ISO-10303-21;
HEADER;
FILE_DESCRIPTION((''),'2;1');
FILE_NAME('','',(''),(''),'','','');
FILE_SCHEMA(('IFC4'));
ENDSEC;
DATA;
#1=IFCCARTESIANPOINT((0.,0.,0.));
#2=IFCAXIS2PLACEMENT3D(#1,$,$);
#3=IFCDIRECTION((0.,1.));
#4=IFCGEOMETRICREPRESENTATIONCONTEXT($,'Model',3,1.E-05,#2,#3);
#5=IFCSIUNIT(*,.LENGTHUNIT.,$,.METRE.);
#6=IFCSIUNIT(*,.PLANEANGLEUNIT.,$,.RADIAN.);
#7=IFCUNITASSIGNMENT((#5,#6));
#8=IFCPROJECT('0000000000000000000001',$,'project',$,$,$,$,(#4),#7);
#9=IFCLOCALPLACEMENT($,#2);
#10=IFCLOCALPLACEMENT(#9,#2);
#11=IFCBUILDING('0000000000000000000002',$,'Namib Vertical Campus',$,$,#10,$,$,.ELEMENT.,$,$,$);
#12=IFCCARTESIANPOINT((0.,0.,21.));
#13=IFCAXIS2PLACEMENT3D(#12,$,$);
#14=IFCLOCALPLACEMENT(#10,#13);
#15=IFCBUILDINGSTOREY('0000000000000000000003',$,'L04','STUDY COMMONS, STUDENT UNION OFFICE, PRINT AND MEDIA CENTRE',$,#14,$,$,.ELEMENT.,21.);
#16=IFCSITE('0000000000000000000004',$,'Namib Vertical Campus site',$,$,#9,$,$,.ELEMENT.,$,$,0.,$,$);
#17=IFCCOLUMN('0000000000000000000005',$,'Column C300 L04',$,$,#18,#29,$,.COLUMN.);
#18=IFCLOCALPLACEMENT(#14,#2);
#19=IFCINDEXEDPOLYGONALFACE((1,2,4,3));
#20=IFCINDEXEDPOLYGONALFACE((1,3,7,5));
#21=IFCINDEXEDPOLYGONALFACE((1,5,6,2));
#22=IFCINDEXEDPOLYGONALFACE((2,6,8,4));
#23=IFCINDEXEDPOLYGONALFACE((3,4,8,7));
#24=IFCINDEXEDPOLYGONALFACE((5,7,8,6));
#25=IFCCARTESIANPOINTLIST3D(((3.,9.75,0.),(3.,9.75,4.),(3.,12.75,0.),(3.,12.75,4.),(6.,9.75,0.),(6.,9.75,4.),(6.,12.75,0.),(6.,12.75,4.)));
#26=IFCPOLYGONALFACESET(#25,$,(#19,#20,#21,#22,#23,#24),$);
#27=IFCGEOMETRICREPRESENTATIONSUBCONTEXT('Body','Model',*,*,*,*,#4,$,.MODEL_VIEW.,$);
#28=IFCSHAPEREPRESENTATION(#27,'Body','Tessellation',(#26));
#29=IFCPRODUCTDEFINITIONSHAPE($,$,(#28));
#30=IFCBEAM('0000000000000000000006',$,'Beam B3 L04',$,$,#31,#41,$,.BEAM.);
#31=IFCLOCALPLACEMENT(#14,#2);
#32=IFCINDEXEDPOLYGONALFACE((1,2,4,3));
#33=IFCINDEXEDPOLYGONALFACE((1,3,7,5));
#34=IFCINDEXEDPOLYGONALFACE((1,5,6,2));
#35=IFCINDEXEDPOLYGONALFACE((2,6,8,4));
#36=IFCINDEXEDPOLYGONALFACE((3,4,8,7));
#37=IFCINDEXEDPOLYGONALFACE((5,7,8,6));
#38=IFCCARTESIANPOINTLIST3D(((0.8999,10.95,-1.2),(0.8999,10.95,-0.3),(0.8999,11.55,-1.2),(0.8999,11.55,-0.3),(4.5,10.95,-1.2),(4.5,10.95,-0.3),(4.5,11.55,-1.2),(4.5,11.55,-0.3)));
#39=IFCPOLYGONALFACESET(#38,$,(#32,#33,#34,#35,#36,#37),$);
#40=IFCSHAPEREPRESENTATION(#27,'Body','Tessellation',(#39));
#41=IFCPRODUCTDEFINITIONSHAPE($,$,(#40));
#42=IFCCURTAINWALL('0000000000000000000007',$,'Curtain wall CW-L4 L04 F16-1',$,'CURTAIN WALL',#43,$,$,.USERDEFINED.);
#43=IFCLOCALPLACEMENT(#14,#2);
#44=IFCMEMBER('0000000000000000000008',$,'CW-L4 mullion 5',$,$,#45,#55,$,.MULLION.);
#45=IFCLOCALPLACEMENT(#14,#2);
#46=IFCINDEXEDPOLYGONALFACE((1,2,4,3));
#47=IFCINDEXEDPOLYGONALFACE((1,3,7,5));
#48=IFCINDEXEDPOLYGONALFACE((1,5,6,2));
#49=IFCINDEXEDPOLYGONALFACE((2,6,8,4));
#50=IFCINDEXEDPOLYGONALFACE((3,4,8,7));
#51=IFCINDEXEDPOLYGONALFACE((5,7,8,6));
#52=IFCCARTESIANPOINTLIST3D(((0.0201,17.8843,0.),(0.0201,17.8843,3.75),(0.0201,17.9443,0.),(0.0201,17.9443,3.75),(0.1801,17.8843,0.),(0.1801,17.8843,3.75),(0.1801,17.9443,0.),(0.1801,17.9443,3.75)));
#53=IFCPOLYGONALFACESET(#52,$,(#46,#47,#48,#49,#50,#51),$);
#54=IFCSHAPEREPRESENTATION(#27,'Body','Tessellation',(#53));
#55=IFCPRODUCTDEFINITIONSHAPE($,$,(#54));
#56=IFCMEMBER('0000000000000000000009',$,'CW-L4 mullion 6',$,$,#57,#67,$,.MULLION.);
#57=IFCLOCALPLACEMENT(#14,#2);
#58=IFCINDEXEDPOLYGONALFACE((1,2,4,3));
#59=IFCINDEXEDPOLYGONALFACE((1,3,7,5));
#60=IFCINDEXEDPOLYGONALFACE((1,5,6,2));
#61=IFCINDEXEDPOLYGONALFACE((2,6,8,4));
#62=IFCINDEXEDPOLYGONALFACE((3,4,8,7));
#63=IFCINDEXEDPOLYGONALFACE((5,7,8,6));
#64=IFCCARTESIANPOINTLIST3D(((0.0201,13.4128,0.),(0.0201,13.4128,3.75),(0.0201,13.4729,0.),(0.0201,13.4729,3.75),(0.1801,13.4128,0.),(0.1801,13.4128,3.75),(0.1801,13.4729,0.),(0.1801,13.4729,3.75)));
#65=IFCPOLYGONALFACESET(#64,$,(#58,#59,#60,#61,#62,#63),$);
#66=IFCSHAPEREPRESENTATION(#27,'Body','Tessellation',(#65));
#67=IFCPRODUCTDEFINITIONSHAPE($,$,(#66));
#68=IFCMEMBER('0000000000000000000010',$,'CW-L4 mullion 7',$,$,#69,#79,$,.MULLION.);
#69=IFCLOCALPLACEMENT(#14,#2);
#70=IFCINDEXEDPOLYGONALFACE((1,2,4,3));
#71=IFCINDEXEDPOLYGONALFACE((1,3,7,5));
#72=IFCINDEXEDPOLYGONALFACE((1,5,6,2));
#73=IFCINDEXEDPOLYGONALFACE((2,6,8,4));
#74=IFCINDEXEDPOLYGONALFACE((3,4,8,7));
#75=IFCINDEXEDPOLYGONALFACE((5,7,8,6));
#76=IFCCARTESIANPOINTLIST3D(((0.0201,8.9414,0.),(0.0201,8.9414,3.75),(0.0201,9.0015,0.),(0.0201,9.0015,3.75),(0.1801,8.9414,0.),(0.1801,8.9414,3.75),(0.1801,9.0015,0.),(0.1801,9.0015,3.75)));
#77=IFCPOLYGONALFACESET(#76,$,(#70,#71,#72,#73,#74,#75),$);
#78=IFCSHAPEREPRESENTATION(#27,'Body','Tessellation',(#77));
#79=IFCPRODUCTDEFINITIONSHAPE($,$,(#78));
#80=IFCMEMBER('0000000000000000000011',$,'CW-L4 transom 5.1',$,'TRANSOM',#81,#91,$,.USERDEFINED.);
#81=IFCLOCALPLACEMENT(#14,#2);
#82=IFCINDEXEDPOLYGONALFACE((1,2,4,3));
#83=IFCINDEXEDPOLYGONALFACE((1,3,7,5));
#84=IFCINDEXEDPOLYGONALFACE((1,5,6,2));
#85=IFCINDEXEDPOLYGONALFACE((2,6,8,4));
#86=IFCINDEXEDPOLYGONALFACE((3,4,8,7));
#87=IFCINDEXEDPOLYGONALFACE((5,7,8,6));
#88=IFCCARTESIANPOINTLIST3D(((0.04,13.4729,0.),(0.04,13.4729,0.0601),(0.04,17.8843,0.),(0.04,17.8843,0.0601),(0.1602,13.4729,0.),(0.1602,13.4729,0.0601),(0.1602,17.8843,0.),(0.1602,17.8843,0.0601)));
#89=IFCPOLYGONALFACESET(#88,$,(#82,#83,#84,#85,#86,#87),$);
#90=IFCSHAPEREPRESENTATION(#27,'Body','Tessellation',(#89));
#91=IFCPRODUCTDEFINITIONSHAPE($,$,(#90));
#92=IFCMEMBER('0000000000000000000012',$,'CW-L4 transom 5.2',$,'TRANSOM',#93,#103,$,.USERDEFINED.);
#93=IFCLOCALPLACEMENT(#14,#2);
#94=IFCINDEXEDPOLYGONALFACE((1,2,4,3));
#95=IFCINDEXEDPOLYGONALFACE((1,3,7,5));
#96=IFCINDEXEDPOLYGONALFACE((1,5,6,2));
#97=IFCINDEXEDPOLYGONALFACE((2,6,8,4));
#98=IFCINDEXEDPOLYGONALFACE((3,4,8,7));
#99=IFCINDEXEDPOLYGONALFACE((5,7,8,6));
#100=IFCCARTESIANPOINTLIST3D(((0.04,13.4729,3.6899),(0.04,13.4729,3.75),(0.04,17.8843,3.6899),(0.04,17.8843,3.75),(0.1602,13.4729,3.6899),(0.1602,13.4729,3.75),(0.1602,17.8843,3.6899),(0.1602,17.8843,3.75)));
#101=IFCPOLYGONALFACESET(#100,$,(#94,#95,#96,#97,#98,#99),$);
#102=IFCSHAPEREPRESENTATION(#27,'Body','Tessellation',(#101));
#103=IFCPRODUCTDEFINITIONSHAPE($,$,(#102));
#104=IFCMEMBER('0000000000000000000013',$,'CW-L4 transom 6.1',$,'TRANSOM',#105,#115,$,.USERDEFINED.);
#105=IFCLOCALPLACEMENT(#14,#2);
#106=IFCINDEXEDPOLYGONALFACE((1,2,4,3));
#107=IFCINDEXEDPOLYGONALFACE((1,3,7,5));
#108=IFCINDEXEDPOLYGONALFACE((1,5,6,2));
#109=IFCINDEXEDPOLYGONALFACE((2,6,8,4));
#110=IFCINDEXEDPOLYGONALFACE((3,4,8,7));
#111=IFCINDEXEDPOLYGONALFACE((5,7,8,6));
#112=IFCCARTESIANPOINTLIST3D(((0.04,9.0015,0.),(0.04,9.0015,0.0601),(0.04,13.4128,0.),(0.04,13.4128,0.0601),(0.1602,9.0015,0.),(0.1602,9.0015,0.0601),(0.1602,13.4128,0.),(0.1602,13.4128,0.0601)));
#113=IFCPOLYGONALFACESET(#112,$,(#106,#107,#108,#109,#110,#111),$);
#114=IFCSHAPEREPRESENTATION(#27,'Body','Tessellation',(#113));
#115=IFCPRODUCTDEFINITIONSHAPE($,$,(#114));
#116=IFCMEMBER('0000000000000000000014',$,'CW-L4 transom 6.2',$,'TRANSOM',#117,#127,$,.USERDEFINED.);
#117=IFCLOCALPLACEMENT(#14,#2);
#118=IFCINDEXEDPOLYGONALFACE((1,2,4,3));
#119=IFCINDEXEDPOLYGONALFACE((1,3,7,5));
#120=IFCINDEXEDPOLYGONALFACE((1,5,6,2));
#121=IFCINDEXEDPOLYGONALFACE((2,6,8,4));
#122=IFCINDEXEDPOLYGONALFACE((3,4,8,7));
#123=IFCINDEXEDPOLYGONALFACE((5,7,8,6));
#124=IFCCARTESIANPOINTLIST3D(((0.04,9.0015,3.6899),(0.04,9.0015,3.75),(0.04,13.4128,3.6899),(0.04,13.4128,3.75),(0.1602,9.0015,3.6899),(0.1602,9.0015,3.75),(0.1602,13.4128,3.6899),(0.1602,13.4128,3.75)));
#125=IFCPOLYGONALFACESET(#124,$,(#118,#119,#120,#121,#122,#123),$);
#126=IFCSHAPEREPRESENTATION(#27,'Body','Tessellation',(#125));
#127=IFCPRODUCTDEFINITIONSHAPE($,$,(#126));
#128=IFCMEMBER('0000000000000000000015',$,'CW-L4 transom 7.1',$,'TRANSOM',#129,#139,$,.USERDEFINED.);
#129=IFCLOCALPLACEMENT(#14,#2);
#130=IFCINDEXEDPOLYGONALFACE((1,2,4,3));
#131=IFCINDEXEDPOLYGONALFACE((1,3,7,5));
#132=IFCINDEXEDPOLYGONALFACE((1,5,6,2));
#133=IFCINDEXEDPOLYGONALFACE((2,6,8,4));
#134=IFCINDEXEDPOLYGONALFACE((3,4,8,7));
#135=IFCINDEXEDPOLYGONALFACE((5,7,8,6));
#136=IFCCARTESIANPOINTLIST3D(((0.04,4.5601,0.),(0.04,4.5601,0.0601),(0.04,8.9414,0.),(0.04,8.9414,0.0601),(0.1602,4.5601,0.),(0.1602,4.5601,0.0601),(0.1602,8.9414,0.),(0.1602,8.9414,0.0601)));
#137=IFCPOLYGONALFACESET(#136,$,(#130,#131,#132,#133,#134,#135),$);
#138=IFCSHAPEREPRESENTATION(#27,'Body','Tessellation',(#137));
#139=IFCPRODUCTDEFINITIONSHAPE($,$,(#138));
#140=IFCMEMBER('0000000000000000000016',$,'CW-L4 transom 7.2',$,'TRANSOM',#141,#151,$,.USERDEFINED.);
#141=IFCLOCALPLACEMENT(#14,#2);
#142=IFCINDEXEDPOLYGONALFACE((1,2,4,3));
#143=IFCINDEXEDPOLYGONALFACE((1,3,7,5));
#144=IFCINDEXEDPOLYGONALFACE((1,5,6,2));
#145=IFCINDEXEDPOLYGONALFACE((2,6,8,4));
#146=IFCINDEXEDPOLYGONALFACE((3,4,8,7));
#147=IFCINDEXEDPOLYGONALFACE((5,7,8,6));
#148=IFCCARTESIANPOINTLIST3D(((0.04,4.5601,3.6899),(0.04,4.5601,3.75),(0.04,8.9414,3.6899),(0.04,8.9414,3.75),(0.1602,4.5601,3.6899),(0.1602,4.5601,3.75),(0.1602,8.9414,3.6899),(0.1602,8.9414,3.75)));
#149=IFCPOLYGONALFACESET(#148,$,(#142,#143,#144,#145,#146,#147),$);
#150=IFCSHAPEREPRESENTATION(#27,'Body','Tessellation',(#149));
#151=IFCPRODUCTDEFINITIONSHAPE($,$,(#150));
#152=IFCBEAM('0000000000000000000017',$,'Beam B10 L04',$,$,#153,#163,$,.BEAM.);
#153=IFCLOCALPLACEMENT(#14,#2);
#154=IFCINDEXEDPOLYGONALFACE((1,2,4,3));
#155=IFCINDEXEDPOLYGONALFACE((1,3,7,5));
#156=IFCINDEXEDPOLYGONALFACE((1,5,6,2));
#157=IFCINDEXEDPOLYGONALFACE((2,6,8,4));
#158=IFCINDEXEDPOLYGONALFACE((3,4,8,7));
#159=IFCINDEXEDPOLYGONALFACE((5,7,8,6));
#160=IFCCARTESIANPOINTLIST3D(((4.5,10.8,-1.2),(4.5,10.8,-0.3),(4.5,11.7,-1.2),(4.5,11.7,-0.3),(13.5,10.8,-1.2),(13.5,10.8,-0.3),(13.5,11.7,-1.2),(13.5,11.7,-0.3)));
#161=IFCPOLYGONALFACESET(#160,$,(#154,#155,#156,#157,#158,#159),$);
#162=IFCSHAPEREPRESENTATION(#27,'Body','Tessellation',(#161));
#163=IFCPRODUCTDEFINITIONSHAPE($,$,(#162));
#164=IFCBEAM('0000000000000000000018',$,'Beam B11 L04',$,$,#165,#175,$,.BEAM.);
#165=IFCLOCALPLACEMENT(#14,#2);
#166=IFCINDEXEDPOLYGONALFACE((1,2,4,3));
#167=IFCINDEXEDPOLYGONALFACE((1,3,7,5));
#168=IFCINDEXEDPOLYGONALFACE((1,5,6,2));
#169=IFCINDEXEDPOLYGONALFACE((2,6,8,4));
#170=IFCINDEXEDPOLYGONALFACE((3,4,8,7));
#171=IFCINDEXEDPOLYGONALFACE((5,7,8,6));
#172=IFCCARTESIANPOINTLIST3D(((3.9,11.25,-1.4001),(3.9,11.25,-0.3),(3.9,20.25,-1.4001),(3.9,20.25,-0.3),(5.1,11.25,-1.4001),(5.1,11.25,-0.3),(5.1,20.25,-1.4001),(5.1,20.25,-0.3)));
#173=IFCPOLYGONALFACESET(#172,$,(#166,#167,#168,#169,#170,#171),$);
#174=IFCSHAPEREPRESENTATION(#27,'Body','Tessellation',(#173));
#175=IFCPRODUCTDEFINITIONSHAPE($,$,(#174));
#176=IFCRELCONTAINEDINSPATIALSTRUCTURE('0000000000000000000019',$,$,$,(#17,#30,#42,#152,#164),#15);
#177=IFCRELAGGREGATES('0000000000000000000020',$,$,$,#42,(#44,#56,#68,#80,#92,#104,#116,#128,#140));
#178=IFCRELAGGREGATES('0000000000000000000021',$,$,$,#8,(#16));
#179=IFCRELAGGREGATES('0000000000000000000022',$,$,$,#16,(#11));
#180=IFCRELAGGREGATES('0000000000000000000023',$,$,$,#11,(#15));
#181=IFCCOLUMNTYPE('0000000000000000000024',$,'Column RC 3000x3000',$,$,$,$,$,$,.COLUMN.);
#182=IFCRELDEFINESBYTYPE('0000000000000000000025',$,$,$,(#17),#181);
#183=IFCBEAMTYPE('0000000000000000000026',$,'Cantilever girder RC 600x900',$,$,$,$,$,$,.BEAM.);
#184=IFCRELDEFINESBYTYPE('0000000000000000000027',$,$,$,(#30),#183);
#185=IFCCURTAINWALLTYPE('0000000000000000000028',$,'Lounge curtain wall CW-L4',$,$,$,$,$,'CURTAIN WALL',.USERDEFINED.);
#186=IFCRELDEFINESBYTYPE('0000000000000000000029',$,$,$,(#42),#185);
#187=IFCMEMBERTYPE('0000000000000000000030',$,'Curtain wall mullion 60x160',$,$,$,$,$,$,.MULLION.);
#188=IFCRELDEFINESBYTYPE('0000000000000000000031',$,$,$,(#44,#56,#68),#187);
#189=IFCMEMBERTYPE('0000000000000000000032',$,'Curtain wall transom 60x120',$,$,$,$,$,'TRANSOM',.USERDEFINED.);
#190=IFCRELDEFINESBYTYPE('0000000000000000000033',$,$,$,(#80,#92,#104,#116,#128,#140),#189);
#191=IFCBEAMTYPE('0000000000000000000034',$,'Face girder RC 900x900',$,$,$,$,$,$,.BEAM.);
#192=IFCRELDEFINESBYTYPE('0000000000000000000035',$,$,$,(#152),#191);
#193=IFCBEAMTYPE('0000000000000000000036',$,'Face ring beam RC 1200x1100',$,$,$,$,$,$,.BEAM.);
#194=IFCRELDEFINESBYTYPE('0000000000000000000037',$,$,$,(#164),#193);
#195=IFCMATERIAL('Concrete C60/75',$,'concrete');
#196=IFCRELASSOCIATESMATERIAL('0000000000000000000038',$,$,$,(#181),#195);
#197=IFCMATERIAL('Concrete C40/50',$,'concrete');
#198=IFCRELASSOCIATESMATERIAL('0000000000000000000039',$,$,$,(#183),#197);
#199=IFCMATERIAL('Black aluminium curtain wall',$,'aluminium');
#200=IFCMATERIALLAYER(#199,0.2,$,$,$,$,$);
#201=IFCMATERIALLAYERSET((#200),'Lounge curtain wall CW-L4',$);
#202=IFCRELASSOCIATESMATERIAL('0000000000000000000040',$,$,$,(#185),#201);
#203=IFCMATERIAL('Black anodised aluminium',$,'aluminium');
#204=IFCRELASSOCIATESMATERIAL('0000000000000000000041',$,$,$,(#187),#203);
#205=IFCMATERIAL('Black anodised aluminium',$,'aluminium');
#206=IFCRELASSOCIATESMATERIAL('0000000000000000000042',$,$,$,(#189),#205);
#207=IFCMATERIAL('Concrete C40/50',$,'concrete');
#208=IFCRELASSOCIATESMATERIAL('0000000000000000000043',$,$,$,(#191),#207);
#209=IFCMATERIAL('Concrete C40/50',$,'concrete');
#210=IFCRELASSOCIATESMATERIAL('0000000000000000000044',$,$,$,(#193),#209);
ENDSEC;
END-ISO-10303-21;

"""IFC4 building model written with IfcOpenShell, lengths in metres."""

from ifc_helpers import new_model, si_unit, direction, frame, origin, origin_2d, place, context, subcontext, project, spatial, rectangle, extrude, material, layer, layer_set, material_profile, profile_set, type_object, element, aggregate, save


model = new_model("IFC4")

# Units and contexts
model_context = context("Model", 3, precision=1e-05, world=origin(), true_north=direction((0.0, 1.0)))
body_context = subcontext(model_context, "Body", "Model", "MODEL_VIEW")
ifc_project = project(units=[si_unit("LENGTHUNIT", "METRE"), si_unit("PLANEANGLEUNIT", "RADIAN")], contexts=[model_context])

# Site, building, storey
site_placement = place(None, origin())
site = spatial("IfcSite", under=ifc_project, at=site_placement, Name="Namib Vertical Campus site", CompositionType="ELEMENT", RefElevation=0.0)
building_placement = place(site_placement, origin())
building = spatial("IfcBuilding", under=site, at=building_placement, Name="Namib Vertical Campus", CompositionType="ELEMENT")
storey_placement = place(building_placement, frame((0.0, 0.0, 21.0)))
storey = spatial("IfcBuildingStorey", under=building, at=storey_placement, Name="L04", Description="STUDY COMMONS, STUDENT UNION OFFICE, PRINT AND MEDIA CENTRE", CompositionType="ELEMENT", Elevation=21.0)

# Column
ifc_material_1 = material(Name="Concrete C60/75", Category="concrete")
ifc_material_profile_1 = material_profile(ifc_material_1, rectangle(XDim=3.0, YDim=3.0, at=origin_2d()))
ifc_profile_set_1 = profile_set([ifc_material_profile_1], Name="Concrete C60/75")
column_type = type_object("IfcColumnType", Name="Column RC 3000x3000", PredefinedType="COLUMN", material=ifc_profile_set_1)
column_placement = place(storey_placement, frame((4.5, 11.25, 0.0), z_axis=(0.0, 0.0, 1.0), x_axis=(1.0, 0.0, 0.0)))
element("IfcColumn", 1, at=column_placement, inside=storey, type_object=column_type, Name="Column C300 L04", PredefinedType="COLUMN", context=body_context, shape_type="SweptSolid", body=[
    extrude(rectangle(XDim=3.0, YDim=3.0, at=origin_2d()), origin(), (0.0, 0.0, 1.0), 4.0),
])

# Beam
ifc_material_2 = material(Name="Concrete C40/50", Category="concrete")
ifc_material_profile_2 = material_profile(ifc_material_2, rectangle(XDim=0.6001, YDim=0.8999, at=origin_2d()))
ifc_profile_set_2 = profile_set([ifc_material_profile_2], Name="Concrete C40/50")
beam_type_1 = type_object("IfcBeamType", Name="Cantilever girder RC 600x900", PredefinedType="BEAM", material=ifc_profile_set_2)
beam_1_placement = place(storey_placement, frame((4.5, 11.25, -0.75), z_axis=(-1.0, 0.0, 0.0), x_axis=(0.0, -1.0, 0.0)))
element("IfcBeam", 2, at=beam_1_placement, inside=storey, type_object=beam_type_1, Name="Beam B3 L04", PredefinedType="BEAM", context=body_context, shape_type="SweptSolid", body=[
    extrude(rectangle(XDim=0.6001, YDim=0.8999, at=origin_2d()), origin(), (0.0, 0.0, 1.0), 3.6001),
])

# Curtain wall, members
ifc_material_3 = material(Name="Black aluminium curtain wall", Category="aluminium")
ifc_layer_1 = layer(ifc_material_3, 0.2)
ifc_layer_set_1 = layer_set([ifc_layer_1], Name="Lounge curtain wall CW-L4")
curtain_wall_type = type_object("IfcCurtainWallType", Name="Lounge curtain wall CW-L4", ElementType="CURTAIN WALL", PredefinedType="USERDEFINED", material=ifc_layer_set_1)
curtain_wall_placement = place(storey_placement, origin())
curtain_wall = element("IfcCurtainWall", 3, at=curtain_wall_placement, inside=storey, type_object=curtain_wall_type, Name="Curtain wall CW-L4 L04 F16-1", ObjectType="CURTAIN WALL", PredefinedType="USERDEFINED")
ifc_material_4 = material(Name="Black anodised aluminium", Category="aluminium")
ifc_material_profile_3 = material_profile(ifc_material_4, rectangle(XDim=0.0601, YDim=0.1599, at=origin_2d()))
ifc_profile_set_3 = profile_set([ifc_material_profile_3], Name="Black anodised aluminium")
member_type_1 = type_object("IfcMemberType", Name="Curtain wall mullion 60x160", PredefinedType="MULLION", material=ifc_profile_set_3)
member_1_placement = place(storey_placement, frame((0.1001, 17.9143, 0.0), z_axis=(0.0, 0.0, 1.0), x_axis=(0.0, -1.0, 0.0)))
member_1 = element("IfcMember", 4, at=member_1_placement, type_object=member_type_1, Name="CW-L4 mullion 5", PredefinedType="MULLION", context=body_context, shape_type="SweptSolid", body=[
    extrude(rectangle(XDim=0.0601, YDim=0.1599, at=origin_2d()), origin(), (0.0, 0.0, 1.0), 3.75),
])
member_2_placement = place(storey_placement, frame((0.1001, 13.4429, 0.0), z_axis=(0.0, 0.0, 1.0), x_axis=(0.0, -1.0, 0.0)))
member_2 = element("IfcMember", 5, at=member_2_placement, type_object=member_type_1, Name="CW-L4 mullion 6", PredefinedType="MULLION", context=body_context, shape_type="SweptSolid", body=[
    extrude(rectangle(XDim=0.0601, YDim=0.1599, at=origin_2d()), origin(), (0.0, 0.0, 1.0), 3.75),
])
member_3_placement = place(storey_placement, frame((0.1001, 8.9714, 0.0), z_axis=(0.0, 0.0, 1.0), x_axis=(0.0, -1.0, 0.0)))
member_3 = element("IfcMember", 6, at=member_3_placement, type_object=member_type_1, Name="CW-L4 mullion 7", PredefinedType="MULLION", context=body_context, shape_type="SweptSolid", body=[
    extrude(rectangle(XDim=0.0601, YDim=0.1599, at=origin_2d()), origin(), (0.0, 0.0, 1.0), 3.75),
])
ifc_material_5 = material(Name="Black anodised aluminium", Category="aluminium")
ifc_material_profile_4 = material_profile(ifc_material_5, rectangle(XDim=0.0601, YDim=0.1201, at=origin_2d()))
ifc_profile_set_4 = profile_set([ifc_material_profile_4], Name="Black anodised aluminium")
member_type_2 = type_object("IfcMemberType", Name="Curtain wall transom 60x120", ElementType="TRANSOM", PredefinedType="USERDEFINED", material=ifc_profile_set_4)
member_4_placement = place(storey_placement, frame((0.1001, 17.8843, 0.03), z_axis=(0.0, -1.0, 0.0), x_axis=(0.0, 0.0, 1.0)))
member_4 = element("IfcMember", 7, at=member_4_placement, type_object=member_type_2, Name="CW-L4 transom 5.1", ObjectType="TRANSOM", PredefinedType="USERDEFINED", context=body_context, shape_type="SweptSolid", body=[
    extrude(rectangle(XDim=0.0601, YDim=0.1201, at=origin_2d()), origin(), (0.0, 0.0, 1.0), 4.4114),
])
member_5_placement = place(storey_placement, frame((0.1001, 17.8843, 3.72), z_axis=(0.0, -1.0, 0.0), x_axis=(0.0, 0.0, 1.0)))
member_5 = element("IfcMember", 8, at=member_5_placement, type_object=member_type_2, Name="CW-L4 transom 5.2", ObjectType="TRANSOM", PredefinedType="USERDEFINED", context=body_context, shape_type="SweptSolid", body=[
    extrude(rectangle(XDim=0.0601, YDim=0.1201, at=origin_2d()), origin(), (0.0, 0.0, 1.0), 4.4114),
])
member_6_placement = place(storey_placement, frame((0.1001, 13.4128, 0.03), z_axis=(0.0, -1.0, 0.0), x_axis=(0.0, 0.0, 1.0)))
member_6 = element("IfcMember", 9, at=member_6_placement, type_object=member_type_2, Name="CW-L4 transom 6.1", ObjectType="TRANSOM", PredefinedType="USERDEFINED", context=body_context, shape_type="SweptSolid", body=[
    extrude(rectangle(XDim=0.0601, YDim=0.1201, at=origin_2d()), origin(), (0.0, 0.0, 1.0), 4.4114),
])
member_7_placement = place(storey_placement, frame((0.1001, 13.4128, 3.72), z_axis=(0.0, -1.0, 0.0), x_axis=(0.0, 0.0, 1.0)))
member_7 = element("IfcMember", 10, at=member_7_placement, type_object=member_type_2, Name="CW-L4 transom 6.2", ObjectType="TRANSOM", PredefinedType="USERDEFINED", context=body_context, shape_type="SweptSolid", body=[
    extrude(rectangle(XDim=0.0601, YDim=0.1201, at=origin_2d()), origin(), (0.0, 0.0, 1.0), 4.4114),
])
member_8_placement = place(storey_placement, frame((0.1001, 8.9414, 0.03), z_axis=(0.0, -1.0, 0.0), x_axis=(0.0, 0.0, 1.0)))
member_8 = element("IfcMember", 11, at=member_8_placement, type_object=member_type_2, Name="CW-L4 transom 7.1", ObjectType="TRANSOM", PredefinedType="USERDEFINED", context=body_context, shape_type="SweptSolid", body=[
    extrude(rectangle(XDim=0.0601, YDim=0.1201, at=origin_2d()), origin(), (0.0, 0.0, 1.0), 4.3813),
])
member_9_placement = place(storey_placement, frame((0.1001, 8.9414, 3.72), z_axis=(0.0, -1.0, 0.0), x_axis=(0.0, 0.0, 1.0)))
member_9 = element("IfcMember", 12, at=member_9_placement, type_object=member_type_2, Name="CW-L4 transom 7.2", ObjectType="TRANSOM", PredefinedType="USERDEFINED", context=body_context, shape_type="SweptSolid", body=[
    extrude(rectangle(XDim=0.0601, YDim=0.1201, at=origin_2d()), origin(), (0.0, 0.0, 1.0), 4.3813),
])

# Beams
ifc_material_6 = material(Name="Concrete C40/50", Category="concrete")
ifc_material_profile_5 = material_profile(ifc_material_6, rectangle(XDim=0.8999, YDim=0.8999, at=origin_2d()))
ifc_profile_set_5 = profile_set([ifc_material_profile_5], Name="Concrete C40/50")
beam_type_2 = type_object("IfcBeamType", Name="Face girder RC 900x900", PredefinedType="BEAM", material=ifc_profile_set_5)
beam_2_placement = place(storey_placement, frame((4.5, 11.25, -0.75), z_axis=(1.0, 0.0, 0.0), x_axis=(0.0, 1.0, 0.0)))
element("IfcBeam", 13, at=beam_2_placement, inside=storey, type_object=beam_type_2, Name="Beam B10 L04", PredefinedType="BEAM", context=body_context, shape_type="SweptSolid", body=[
    extrude(rectangle(XDim=0.8999, YDim=0.8999, at=origin_2d()), origin(), (0.0, 0.0, 1.0), 9.0),
])
ifc_material_7 = material(Name="Concrete C40/50", Category="concrete")
ifc_material_profile_6 = material_profile(ifc_material_7, rectangle(XDim=1.2, YDim=1.1001, at=origin_2d()))
ifc_profile_set_6 = profile_set([ifc_material_profile_6], Name="Concrete C40/50")
beam_type_3 = type_object("IfcBeamType", Name="Face ring beam RC 1200x1100", PredefinedType="BEAM", material=ifc_profile_set_6)
beam_3_placement = place(storey_placement, frame((4.5, 11.25, -0.8501), z_axis=(0.0, 1.0, 0.0), x_axis=(-1.0, 0.0, 0.0)))
element("IfcBeam", 14, at=beam_3_placement, inside=storey, type_object=beam_type_3, Name="Beam B11 L04", PredefinedType="BEAM", context=body_context, shape_type="SweptSolid", body=[
    extrude(rectangle(XDim=1.2, YDim=1.1001, at=origin_2d()), origin(), (0.0, 0.0, 1.0), 9.0),
])

aggregate(curtain_wall, [member_1, member_2, member_3, member_4, member_5, member_6, member_7, member_8, member_9])

save(model, "model.ifc")
